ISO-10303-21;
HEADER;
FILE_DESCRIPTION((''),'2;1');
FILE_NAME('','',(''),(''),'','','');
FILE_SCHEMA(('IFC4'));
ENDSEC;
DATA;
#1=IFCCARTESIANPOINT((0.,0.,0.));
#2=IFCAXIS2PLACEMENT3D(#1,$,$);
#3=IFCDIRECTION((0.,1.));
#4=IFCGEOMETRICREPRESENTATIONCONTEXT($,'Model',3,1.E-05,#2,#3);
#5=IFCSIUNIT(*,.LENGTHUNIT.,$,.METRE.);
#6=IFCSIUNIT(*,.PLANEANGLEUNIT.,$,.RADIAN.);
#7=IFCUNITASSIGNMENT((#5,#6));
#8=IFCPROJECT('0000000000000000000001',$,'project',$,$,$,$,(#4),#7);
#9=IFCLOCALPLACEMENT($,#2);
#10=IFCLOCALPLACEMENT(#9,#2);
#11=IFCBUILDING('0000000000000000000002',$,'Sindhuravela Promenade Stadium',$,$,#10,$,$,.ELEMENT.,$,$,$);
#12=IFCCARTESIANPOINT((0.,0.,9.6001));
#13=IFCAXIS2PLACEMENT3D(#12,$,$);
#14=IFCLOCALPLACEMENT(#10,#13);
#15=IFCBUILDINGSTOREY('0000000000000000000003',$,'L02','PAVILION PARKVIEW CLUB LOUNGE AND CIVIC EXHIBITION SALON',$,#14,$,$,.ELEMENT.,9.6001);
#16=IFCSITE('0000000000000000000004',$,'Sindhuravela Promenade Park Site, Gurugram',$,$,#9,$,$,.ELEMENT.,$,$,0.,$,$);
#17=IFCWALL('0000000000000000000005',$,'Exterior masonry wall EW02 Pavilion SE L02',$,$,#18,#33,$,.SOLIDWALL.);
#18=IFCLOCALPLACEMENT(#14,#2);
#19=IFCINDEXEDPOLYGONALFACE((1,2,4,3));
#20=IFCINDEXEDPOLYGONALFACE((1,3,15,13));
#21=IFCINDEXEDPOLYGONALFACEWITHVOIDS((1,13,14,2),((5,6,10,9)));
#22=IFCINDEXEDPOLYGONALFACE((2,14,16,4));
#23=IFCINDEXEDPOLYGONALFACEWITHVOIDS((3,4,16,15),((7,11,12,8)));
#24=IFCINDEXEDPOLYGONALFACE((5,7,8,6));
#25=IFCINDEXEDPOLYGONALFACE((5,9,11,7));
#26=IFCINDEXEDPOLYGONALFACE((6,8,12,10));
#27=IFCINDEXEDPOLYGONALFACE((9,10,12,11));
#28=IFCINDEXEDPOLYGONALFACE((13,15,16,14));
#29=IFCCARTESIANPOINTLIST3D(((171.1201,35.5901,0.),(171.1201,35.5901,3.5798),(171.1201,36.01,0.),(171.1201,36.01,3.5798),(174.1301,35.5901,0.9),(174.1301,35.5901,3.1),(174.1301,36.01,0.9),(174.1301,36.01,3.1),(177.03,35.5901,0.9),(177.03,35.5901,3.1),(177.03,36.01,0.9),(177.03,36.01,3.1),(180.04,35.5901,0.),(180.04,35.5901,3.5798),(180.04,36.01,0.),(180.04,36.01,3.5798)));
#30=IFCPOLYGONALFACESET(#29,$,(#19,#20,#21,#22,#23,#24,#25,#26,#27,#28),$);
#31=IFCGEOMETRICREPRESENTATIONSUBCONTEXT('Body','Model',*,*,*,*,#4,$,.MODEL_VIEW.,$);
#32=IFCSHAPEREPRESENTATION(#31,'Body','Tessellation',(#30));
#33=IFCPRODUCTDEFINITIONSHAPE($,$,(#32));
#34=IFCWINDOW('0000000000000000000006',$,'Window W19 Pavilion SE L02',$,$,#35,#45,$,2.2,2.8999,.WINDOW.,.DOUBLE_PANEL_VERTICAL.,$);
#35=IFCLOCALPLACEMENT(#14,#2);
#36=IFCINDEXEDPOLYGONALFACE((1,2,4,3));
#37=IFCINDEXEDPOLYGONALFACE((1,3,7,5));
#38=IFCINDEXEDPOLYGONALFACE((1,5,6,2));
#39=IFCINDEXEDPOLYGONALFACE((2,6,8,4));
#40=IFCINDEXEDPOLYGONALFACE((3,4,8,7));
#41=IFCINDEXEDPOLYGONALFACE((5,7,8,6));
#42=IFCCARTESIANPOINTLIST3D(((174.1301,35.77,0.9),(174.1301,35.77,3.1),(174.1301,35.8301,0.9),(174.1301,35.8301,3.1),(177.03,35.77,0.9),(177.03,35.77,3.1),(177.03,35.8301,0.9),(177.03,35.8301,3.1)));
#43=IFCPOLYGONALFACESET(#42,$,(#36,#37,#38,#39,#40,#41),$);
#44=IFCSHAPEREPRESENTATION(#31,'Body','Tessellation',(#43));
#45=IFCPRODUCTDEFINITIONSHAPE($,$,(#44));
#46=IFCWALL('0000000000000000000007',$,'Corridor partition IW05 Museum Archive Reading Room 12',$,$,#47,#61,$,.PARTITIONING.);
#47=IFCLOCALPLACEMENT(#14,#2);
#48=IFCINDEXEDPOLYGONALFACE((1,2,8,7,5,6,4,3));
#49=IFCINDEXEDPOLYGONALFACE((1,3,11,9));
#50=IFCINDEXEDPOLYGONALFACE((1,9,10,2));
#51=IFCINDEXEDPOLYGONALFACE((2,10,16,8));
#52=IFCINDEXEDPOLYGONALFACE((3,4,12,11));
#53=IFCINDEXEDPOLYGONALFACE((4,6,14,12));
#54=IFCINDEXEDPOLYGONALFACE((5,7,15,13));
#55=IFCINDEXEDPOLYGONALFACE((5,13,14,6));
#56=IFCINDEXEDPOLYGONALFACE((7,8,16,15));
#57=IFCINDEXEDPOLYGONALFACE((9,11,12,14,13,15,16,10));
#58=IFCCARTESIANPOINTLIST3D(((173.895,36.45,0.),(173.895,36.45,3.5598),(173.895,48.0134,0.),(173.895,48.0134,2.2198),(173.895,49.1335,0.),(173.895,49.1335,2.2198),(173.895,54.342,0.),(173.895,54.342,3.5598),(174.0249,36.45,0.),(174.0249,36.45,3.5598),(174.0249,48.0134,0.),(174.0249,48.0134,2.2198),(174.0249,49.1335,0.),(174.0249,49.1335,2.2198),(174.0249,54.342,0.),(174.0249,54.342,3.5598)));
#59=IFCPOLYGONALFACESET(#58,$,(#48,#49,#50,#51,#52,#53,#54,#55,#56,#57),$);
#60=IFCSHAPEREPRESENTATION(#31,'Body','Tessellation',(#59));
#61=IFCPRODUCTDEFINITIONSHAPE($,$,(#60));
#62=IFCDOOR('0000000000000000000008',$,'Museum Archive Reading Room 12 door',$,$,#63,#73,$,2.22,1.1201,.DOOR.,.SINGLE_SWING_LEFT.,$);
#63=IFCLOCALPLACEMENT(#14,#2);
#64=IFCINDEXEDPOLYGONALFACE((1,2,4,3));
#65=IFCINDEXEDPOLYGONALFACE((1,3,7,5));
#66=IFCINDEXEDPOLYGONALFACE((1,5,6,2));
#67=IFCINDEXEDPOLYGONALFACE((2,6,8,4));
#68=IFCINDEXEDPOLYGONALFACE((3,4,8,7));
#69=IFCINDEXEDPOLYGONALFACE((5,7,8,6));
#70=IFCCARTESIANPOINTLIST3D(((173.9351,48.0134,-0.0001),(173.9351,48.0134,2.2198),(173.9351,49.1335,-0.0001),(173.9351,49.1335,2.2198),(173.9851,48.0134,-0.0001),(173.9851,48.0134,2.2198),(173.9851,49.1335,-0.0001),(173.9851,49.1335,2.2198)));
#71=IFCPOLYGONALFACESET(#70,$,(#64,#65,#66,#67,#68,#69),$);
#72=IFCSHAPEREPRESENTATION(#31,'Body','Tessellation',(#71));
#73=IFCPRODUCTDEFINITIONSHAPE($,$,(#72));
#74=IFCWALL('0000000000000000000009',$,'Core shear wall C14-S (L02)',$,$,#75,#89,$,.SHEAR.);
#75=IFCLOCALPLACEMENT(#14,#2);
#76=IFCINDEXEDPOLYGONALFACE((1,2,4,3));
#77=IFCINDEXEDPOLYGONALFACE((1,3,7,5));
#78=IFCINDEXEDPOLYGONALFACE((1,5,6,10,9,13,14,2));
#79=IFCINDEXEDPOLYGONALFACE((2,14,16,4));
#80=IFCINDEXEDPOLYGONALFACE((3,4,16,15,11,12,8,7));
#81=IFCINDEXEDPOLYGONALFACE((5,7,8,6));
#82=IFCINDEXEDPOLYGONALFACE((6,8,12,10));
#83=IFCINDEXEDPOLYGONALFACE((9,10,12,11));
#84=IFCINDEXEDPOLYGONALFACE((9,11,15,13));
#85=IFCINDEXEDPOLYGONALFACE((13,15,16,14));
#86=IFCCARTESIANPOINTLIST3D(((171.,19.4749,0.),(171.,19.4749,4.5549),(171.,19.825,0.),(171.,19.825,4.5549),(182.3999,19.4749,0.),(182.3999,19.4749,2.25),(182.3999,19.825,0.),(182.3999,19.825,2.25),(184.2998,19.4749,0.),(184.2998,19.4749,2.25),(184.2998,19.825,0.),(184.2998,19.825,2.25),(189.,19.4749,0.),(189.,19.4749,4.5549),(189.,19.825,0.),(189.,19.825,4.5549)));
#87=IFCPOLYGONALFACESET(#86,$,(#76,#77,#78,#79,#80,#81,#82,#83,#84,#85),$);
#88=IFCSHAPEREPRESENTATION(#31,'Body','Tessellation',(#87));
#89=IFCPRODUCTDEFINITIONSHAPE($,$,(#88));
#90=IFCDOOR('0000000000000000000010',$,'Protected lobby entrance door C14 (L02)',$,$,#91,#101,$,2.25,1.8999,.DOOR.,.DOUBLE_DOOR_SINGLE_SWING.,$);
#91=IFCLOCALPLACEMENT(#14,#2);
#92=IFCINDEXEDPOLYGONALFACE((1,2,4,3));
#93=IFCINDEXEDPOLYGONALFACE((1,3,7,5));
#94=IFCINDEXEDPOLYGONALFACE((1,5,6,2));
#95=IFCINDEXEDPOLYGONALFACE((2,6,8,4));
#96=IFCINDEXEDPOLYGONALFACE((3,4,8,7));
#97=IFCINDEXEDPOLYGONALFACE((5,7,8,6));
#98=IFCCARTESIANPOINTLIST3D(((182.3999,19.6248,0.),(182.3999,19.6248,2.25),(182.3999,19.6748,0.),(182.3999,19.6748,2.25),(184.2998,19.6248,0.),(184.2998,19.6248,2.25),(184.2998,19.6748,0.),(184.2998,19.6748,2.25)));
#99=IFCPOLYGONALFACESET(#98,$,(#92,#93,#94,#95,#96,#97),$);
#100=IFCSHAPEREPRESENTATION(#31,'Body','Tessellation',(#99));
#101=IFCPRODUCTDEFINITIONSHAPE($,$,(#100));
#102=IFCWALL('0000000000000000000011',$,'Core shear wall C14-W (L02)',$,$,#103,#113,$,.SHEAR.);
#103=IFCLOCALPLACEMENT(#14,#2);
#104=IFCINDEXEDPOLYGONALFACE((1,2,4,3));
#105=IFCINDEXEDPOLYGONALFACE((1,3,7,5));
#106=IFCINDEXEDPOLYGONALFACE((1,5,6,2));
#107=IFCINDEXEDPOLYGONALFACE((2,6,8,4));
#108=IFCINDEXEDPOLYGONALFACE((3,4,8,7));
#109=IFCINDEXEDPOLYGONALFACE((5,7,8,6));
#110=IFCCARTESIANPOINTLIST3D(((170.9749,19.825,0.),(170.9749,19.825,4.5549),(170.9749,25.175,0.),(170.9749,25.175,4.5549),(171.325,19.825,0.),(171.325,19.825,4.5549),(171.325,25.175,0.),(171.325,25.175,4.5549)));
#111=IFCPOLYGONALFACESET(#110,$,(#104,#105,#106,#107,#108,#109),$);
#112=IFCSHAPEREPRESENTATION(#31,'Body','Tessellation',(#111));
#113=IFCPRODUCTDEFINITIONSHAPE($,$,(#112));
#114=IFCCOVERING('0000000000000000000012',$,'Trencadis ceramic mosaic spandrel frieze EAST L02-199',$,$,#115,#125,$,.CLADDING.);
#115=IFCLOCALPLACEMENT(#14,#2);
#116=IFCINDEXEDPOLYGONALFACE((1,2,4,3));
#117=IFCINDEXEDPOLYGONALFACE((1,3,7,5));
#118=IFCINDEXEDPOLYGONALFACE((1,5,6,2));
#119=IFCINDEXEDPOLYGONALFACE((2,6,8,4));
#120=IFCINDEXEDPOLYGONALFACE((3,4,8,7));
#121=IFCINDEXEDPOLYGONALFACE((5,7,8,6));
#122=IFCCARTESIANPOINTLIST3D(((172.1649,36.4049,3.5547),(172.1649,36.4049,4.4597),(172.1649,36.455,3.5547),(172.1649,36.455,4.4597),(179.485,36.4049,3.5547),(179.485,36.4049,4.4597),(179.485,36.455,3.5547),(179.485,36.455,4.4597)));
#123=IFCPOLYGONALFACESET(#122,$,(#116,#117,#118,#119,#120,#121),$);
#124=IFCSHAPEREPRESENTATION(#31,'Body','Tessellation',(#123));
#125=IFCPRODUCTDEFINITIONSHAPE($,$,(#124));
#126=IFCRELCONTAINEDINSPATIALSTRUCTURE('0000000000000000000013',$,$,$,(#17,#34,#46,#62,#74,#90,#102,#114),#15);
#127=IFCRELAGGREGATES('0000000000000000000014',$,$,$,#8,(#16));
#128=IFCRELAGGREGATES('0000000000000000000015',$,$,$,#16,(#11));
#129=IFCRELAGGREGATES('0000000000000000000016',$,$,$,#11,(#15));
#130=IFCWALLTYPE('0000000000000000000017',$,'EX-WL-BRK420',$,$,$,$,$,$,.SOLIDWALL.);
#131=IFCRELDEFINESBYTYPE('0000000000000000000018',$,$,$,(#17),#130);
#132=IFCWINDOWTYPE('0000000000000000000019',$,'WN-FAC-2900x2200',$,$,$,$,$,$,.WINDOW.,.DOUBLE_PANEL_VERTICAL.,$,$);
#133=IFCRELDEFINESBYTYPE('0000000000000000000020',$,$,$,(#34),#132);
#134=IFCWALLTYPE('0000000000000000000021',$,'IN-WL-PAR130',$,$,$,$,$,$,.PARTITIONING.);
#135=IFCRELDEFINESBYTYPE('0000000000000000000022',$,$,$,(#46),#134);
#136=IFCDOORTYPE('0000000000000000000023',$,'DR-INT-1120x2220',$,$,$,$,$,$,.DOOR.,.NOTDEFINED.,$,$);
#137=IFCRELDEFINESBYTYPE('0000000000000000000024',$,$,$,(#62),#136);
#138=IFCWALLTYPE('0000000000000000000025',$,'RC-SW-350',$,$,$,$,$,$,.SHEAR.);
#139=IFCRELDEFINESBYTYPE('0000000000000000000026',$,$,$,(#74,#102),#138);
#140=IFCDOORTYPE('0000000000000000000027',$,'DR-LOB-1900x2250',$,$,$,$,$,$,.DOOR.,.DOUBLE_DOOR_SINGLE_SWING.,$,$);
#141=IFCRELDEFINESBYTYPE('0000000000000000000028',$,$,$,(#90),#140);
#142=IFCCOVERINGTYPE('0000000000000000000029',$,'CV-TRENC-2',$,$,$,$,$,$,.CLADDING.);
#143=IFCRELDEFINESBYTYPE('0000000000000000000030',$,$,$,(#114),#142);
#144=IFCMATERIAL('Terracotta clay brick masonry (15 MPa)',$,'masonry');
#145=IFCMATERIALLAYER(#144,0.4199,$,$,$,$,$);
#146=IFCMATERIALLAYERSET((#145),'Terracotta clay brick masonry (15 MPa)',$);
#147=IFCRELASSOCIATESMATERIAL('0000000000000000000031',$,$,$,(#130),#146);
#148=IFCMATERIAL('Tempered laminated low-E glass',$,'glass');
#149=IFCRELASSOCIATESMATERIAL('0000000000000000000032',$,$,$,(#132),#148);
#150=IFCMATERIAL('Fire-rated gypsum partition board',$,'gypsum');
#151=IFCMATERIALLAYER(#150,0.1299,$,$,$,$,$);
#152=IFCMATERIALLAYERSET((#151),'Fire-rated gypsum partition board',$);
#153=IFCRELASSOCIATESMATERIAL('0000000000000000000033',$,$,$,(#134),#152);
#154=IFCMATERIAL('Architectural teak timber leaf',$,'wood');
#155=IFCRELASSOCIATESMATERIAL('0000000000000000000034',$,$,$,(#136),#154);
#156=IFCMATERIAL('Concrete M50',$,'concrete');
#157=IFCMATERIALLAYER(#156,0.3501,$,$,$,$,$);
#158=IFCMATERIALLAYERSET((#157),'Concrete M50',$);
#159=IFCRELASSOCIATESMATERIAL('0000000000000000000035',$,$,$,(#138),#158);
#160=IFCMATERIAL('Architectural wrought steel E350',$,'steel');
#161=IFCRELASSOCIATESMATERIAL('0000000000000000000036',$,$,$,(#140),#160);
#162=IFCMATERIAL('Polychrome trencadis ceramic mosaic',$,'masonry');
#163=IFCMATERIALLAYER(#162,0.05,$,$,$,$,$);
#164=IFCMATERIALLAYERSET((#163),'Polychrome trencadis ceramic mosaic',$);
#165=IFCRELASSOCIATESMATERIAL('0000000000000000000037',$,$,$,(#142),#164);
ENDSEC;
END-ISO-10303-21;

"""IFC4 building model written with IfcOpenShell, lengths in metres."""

from ifc_helpers import new_model, si_unit, direction, frame, frame_2d, origin, origin_2d, place, context, subcontext, project, spatial, rectangle, extrude, material, layer, layer_set, type_object, element, fill, save


model = new_model("IFC4")

# Units and contexts
model_context = context("Model", 3, precision=1e-05, world=origin(), true_north=direction((0.0, 1.0)))
body_context = subcontext(model_context, "Body", "Model", "MODEL_VIEW")
ifc_project = project(units=[si_unit("LENGTHUNIT", "METRE"), si_unit("PLANEANGLEUNIT", "RADIAN")], contexts=[model_context])

# Site, building, storey
site_placement = place(None, origin())
site = spatial("IfcSite", under=ifc_project, at=site_placement, Name="Sindhuravela Promenade Park Site, Gurugram", CompositionType="ELEMENT", RefElevation=0.0)
building_placement = place(site_placement, origin())
building = spatial("IfcBuilding", under=site, at=building_placement, Name="Sindhuravela Promenade Stadium", CompositionType="ELEMENT")
storey_placement = place(building_placement, frame((0.0, 0.0, 9.6001)))
storey = spatial("IfcBuildingStorey", under=building, at=storey_placement, Name="L02", Description="PAVILION PARKVIEW CLUB LOUNGE AND CIVIC EXHIBITION SALON", CompositionType="ELEMENT", Elevation=9.6001)

# Wall, opening, window
ifc_material_1 = material(Name="Terracotta clay brick masonry (15 MPa)", Category="masonry")
ifc_material_2 = material(Name="Tempered laminated low-E glass", Category="glass")
ifc_layer_1 = layer(ifc_material_1, 0.4199)
ifc_layer_set_1 = layer_set([ifc_layer_1], Name="Terracotta clay brick masonry (15 MPa)")
wall_type_1 = type_object("IfcWallType", Name="EX-WL-BRK420", PredefinedType="SOLIDWALL", material=ifc_layer_set_1)
wall_1_placement = place(storey_placement, frame((171.1201, 35.8, 0.0), z_axis=(0.0, 0.0, 1.0), x_axis=(1.0, 0.0, 0.0)))
wall_1 = element("IfcWall", 1, at=wall_1_placement, inside=storey, type_object=wall_type_1, Name="Exterior masonry wall EW02 Pavilion SE L02", PredefinedType="SOLIDWALL", context=body_context, shape_type="SweptSolid", body=[
    extrude(rectangle(XDim=8.9199, YDim=0.4199, at=frame_2d((4.46, 0.0))), origin(), (0.0, 0.0, 1.0), 3.5798),
])
opening_1_placement = place(wall_1_placement, frame((3.01, 0.0, 0.8999)))
opening_1 = element("IfcOpeningElement", 2, at=opening_1_placement, cuts=wall_1, PredefinedType="OPENING", context=body_context, shape_type="SweptSolid", body=[
    extrude(rectangle(XDim=2.8999, YDim=2.2, at=frame_2d((1.45, 1.1001))), frame((0.0, 0.22, 0.0), z_axis=(0.0, -1.0, 0.0), x_axis=(1.0, 0.0, 0.0)), (0.0, 0.0, 1.0), 0.4399),
])
window_type_1 = type_object("IfcWindowType", Name="WN-FAC-2900x2200", PartitioningType="DOUBLE_PANEL_VERTICAL", PredefinedType="WINDOW", material=ifc_material_2)
window_1_placement = place(opening_1_placement, origin())
window_1 = element("IfcWindow", 3, at=window_1_placement, inside=storey, type_object=window_type_1, Name="Window W19 Pavilion SE L02", OverallHeight=2.2, OverallWidth=2.8999, PartitioningType="DOUBLE_PANEL_VERTICAL", PredefinedType="WINDOW", context=body_context, shape_type="SweptSolid", body=[
    extrude(rectangle(XDim=2.8999, YDim=2.2, at=frame_2d((1.45, 1.1001))), frame((0.0, 0.03, 0.0), z_axis=(0.0, -1.0, 0.0), x_axis=(1.0, 0.0, 0.0)), (0.0, 0.0, 1.0), 0.0601),
])
fill(opening_1, window_1)

# Walls, openings, doors
ifc_material_3 = material(Name="Fire-rated gypsum partition board", Category="gypsum")
ifc_layer_2 = layer(ifc_material_3, 0.1299)
ifc_layer_set_2 = layer_set([ifc_layer_2], Name="Fire-rated gypsum partition board")
wall_type_2 = type_object("IfcWallType", Name="IN-WL-PAR130", PredefinedType="PARTITIONING", material=ifc_layer_set_2)
wall_2_placement = place(storey_placement, frame((173.96, 36.45, 0.0), z_axis=(0.0, 0.0, 1.0), x_axis=(0.0, 1.0, 0.0)))
wall_2 = element("IfcWall", 4, at=wall_2_placement, inside=storey, type_object=wall_type_2, Name="Corridor partition IW05 Museum Archive Reading Room 12", PredefinedType="PARTITIONING", context=body_context, shape_type="SweptSolid", body=[
    extrude(rectangle(XDim=17.8921, YDim=0.1299, at=frame_2d((8.946, 0.0))), origin(), (0.0, 0.0, 1.0), 3.5598),
])
opening_2_placement = place(wall_2_placement, frame((11.5635, 0.0, 0.0)))
opening_2 = element("IfcOpeningElement", 5, at=opening_2_placement, cuts=wall_2, PredefinedType="OPENING", context=body_context, shape_type="SweptSolid", body=[
    extrude(rectangle(XDim=1.1201, YDim=2.22, at=frame_2d((0.5601, 1.1099))), frame((0.0, 0.075, 0.0), z_axis=(0.0, -1.0, 0.0), x_axis=(1.0, 0.0, 0.0)), (0.0, 0.0, 1.0), 0.1499),
])
ifc_material_4 = material(Name="Architectural teak timber leaf", Category="wood")
door_type_1 = type_object("IfcDoorType", Name="DR-INT-1120x2220", OperationType="NOTDEFINED", PredefinedType="DOOR", material=ifc_material_4)
door_1_placement = place(opening_2_placement, origin())
door_1 = element("IfcDoor", 6, at=door_1_placement, inside=storey, type_object=door_type_1, Name="Museum Archive Reading Room 12 door", OperationType="SINGLE_SWING_LEFT", OverallHeight=2.22, OverallWidth=1.1201, PredefinedType="DOOR", context=body_context, shape_type="SweptSolid", body=[
    extrude(rectangle(XDim=1.1201, YDim=2.22, at=frame_2d((0.5601, 1.1099))), frame((0.0, 0.0249, 0.0), z_axis=(0.0, -1.0, 0.0), x_axis=(1.0, 0.0, 0.0)), (0.0, 0.0, 1.0), 0.05),
])
fill(opening_2, door_1)
ifc_material_5 = material(Name="Concrete M50", Category="concrete")
ifc_layer_3 = layer(ifc_material_5, 0.3501)
ifc_layer_set_3 = layer_set([ifc_layer_3], Name="Concrete M50")
wall_type_3 = type_object("IfcWallType", Name="RC-SW-350", PredefinedType="SHEAR", material=ifc_layer_set_3)
wall_3_placement = place(storey_placement, frame((171.0, 19.6499, 0.0), z_axis=(0.0, 0.0, 1.0), x_axis=(1.0, 0.0, 0.0)))
wall_3 = element("IfcWall", 7, at=wall_3_placement, inside=storey, type_object=wall_type_3, Name="Core shear wall C14-S (L02)", PredefinedType="SHEAR", context=body_context, shape_type="SweptSolid", body=[
    extrude(rectangle(XDim=18.0, YDim=0.3501, at=frame_2d((9.0, 0.0))), origin(), (0.0, 0.0, 1.0), 4.5549),
])
opening_3_placement = place(wall_3_placement, frame((11.3999, 0.0, 0.0)))
opening_3 = element("IfcOpeningElement", 8, at=opening_3_placement, cuts=wall_3, PredefinedType="OPENING", context=body_context, shape_type="SweptSolid", body=[
    extrude(rectangle(XDim=1.8999, YDim=2.25, at=frame_2d((0.95, 1.125))), frame((0.0, 0.1851, 0.0), z_axis=(0.0, -1.0, 0.0), x_axis=(1.0, 0.0, 0.0)), (0.0, 0.0, 1.0), 0.3701),
])
ifc_material_6 = material(Name="Architectural wrought steel E350", Category="steel")
door_type_2 = type_object("IfcDoorType", Name="DR-LOB-1900x2250", OperationType="DOUBLE_DOOR_SINGLE_SWING", PredefinedType="DOOR", material=ifc_material_6)
door_2_placement = place(opening_3_placement, origin())
door_2 = element("IfcDoor", 9, at=door_2_placement, inside=storey, type_object=door_type_2, Name="Protected lobby entrance door C14 (L02)", OperationType="DOUBLE_DOOR_SINGLE_SWING", OverallHeight=2.25, OverallWidth=1.8999, PredefinedType="DOOR", context=body_context, shape_type="SweptSolid", body=[
    extrude(rectangle(XDim=1.8999, YDim=2.25, at=frame_2d((0.95, 1.125))), frame((0.0, 0.0249, 0.0), z_axis=(0.0, -1.0, 0.0), x_axis=(1.0, 0.0, 0.0)), (0.0, 0.0, 1.0), 0.05),
])
fill(opening_3, door_2)

# Wall
wall_4_placement = place(storey_placement, frame((171.1499, 25.175, 0.0), z_axis=(0.0, 0.0, 1.0), x_axis=(0.0, -1.0, 0.0)))
element("IfcWall", 10, at=wall_4_placement, inside=storey, type_object=wall_type_3, Name="Core shear wall C14-W (L02)", PredefinedType="SHEAR", context=body_context, shape_type="SweptSolid", body=[
    extrude(rectangle(XDim=5.3501, YDim=0.3501, at=frame_2d((2.675, 0.0))), origin(), (0.0, 0.0, 1.0), 4.5549),
])

# Covering
ifc_material_7 = material(Name="Polychrome trencadis ceramic mosaic", Category="masonry")
ifc_layer_4 = layer(ifc_material_7, 0.05)
ifc_layer_set_4 = layer_set([ifc_layer_4], Name="Polychrome trencadis ceramic mosaic")
covering_type = type_object("IfcCoveringType", Name="CV-TRENC-2", PredefinedType="CLADDING", material=ifc_layer_set_4)
covering_placement = place(storey_placement, frame((175.825, 36.4299, 3.5547), z_axis=(0.0, 0.0, 1.0), x_axis=(-1.0, 0.0, 0.0)))
element("IfcCovering", 11, at=covering_placement, inside=storey, type_object=covering_type, Name="Trencadis ceramic mosaic spandrel frieze EAST L02-199", PredefinedType="CLADDING", context=body_context, shape_type="SweptSolid", body=[
    extrude(rectangle(XDim=7.3201, YDim=0.05, at=origin_2d()), origin(), (0.0, 0.0, 1.0), 0.905),
])

save(model, "model.ifc")
